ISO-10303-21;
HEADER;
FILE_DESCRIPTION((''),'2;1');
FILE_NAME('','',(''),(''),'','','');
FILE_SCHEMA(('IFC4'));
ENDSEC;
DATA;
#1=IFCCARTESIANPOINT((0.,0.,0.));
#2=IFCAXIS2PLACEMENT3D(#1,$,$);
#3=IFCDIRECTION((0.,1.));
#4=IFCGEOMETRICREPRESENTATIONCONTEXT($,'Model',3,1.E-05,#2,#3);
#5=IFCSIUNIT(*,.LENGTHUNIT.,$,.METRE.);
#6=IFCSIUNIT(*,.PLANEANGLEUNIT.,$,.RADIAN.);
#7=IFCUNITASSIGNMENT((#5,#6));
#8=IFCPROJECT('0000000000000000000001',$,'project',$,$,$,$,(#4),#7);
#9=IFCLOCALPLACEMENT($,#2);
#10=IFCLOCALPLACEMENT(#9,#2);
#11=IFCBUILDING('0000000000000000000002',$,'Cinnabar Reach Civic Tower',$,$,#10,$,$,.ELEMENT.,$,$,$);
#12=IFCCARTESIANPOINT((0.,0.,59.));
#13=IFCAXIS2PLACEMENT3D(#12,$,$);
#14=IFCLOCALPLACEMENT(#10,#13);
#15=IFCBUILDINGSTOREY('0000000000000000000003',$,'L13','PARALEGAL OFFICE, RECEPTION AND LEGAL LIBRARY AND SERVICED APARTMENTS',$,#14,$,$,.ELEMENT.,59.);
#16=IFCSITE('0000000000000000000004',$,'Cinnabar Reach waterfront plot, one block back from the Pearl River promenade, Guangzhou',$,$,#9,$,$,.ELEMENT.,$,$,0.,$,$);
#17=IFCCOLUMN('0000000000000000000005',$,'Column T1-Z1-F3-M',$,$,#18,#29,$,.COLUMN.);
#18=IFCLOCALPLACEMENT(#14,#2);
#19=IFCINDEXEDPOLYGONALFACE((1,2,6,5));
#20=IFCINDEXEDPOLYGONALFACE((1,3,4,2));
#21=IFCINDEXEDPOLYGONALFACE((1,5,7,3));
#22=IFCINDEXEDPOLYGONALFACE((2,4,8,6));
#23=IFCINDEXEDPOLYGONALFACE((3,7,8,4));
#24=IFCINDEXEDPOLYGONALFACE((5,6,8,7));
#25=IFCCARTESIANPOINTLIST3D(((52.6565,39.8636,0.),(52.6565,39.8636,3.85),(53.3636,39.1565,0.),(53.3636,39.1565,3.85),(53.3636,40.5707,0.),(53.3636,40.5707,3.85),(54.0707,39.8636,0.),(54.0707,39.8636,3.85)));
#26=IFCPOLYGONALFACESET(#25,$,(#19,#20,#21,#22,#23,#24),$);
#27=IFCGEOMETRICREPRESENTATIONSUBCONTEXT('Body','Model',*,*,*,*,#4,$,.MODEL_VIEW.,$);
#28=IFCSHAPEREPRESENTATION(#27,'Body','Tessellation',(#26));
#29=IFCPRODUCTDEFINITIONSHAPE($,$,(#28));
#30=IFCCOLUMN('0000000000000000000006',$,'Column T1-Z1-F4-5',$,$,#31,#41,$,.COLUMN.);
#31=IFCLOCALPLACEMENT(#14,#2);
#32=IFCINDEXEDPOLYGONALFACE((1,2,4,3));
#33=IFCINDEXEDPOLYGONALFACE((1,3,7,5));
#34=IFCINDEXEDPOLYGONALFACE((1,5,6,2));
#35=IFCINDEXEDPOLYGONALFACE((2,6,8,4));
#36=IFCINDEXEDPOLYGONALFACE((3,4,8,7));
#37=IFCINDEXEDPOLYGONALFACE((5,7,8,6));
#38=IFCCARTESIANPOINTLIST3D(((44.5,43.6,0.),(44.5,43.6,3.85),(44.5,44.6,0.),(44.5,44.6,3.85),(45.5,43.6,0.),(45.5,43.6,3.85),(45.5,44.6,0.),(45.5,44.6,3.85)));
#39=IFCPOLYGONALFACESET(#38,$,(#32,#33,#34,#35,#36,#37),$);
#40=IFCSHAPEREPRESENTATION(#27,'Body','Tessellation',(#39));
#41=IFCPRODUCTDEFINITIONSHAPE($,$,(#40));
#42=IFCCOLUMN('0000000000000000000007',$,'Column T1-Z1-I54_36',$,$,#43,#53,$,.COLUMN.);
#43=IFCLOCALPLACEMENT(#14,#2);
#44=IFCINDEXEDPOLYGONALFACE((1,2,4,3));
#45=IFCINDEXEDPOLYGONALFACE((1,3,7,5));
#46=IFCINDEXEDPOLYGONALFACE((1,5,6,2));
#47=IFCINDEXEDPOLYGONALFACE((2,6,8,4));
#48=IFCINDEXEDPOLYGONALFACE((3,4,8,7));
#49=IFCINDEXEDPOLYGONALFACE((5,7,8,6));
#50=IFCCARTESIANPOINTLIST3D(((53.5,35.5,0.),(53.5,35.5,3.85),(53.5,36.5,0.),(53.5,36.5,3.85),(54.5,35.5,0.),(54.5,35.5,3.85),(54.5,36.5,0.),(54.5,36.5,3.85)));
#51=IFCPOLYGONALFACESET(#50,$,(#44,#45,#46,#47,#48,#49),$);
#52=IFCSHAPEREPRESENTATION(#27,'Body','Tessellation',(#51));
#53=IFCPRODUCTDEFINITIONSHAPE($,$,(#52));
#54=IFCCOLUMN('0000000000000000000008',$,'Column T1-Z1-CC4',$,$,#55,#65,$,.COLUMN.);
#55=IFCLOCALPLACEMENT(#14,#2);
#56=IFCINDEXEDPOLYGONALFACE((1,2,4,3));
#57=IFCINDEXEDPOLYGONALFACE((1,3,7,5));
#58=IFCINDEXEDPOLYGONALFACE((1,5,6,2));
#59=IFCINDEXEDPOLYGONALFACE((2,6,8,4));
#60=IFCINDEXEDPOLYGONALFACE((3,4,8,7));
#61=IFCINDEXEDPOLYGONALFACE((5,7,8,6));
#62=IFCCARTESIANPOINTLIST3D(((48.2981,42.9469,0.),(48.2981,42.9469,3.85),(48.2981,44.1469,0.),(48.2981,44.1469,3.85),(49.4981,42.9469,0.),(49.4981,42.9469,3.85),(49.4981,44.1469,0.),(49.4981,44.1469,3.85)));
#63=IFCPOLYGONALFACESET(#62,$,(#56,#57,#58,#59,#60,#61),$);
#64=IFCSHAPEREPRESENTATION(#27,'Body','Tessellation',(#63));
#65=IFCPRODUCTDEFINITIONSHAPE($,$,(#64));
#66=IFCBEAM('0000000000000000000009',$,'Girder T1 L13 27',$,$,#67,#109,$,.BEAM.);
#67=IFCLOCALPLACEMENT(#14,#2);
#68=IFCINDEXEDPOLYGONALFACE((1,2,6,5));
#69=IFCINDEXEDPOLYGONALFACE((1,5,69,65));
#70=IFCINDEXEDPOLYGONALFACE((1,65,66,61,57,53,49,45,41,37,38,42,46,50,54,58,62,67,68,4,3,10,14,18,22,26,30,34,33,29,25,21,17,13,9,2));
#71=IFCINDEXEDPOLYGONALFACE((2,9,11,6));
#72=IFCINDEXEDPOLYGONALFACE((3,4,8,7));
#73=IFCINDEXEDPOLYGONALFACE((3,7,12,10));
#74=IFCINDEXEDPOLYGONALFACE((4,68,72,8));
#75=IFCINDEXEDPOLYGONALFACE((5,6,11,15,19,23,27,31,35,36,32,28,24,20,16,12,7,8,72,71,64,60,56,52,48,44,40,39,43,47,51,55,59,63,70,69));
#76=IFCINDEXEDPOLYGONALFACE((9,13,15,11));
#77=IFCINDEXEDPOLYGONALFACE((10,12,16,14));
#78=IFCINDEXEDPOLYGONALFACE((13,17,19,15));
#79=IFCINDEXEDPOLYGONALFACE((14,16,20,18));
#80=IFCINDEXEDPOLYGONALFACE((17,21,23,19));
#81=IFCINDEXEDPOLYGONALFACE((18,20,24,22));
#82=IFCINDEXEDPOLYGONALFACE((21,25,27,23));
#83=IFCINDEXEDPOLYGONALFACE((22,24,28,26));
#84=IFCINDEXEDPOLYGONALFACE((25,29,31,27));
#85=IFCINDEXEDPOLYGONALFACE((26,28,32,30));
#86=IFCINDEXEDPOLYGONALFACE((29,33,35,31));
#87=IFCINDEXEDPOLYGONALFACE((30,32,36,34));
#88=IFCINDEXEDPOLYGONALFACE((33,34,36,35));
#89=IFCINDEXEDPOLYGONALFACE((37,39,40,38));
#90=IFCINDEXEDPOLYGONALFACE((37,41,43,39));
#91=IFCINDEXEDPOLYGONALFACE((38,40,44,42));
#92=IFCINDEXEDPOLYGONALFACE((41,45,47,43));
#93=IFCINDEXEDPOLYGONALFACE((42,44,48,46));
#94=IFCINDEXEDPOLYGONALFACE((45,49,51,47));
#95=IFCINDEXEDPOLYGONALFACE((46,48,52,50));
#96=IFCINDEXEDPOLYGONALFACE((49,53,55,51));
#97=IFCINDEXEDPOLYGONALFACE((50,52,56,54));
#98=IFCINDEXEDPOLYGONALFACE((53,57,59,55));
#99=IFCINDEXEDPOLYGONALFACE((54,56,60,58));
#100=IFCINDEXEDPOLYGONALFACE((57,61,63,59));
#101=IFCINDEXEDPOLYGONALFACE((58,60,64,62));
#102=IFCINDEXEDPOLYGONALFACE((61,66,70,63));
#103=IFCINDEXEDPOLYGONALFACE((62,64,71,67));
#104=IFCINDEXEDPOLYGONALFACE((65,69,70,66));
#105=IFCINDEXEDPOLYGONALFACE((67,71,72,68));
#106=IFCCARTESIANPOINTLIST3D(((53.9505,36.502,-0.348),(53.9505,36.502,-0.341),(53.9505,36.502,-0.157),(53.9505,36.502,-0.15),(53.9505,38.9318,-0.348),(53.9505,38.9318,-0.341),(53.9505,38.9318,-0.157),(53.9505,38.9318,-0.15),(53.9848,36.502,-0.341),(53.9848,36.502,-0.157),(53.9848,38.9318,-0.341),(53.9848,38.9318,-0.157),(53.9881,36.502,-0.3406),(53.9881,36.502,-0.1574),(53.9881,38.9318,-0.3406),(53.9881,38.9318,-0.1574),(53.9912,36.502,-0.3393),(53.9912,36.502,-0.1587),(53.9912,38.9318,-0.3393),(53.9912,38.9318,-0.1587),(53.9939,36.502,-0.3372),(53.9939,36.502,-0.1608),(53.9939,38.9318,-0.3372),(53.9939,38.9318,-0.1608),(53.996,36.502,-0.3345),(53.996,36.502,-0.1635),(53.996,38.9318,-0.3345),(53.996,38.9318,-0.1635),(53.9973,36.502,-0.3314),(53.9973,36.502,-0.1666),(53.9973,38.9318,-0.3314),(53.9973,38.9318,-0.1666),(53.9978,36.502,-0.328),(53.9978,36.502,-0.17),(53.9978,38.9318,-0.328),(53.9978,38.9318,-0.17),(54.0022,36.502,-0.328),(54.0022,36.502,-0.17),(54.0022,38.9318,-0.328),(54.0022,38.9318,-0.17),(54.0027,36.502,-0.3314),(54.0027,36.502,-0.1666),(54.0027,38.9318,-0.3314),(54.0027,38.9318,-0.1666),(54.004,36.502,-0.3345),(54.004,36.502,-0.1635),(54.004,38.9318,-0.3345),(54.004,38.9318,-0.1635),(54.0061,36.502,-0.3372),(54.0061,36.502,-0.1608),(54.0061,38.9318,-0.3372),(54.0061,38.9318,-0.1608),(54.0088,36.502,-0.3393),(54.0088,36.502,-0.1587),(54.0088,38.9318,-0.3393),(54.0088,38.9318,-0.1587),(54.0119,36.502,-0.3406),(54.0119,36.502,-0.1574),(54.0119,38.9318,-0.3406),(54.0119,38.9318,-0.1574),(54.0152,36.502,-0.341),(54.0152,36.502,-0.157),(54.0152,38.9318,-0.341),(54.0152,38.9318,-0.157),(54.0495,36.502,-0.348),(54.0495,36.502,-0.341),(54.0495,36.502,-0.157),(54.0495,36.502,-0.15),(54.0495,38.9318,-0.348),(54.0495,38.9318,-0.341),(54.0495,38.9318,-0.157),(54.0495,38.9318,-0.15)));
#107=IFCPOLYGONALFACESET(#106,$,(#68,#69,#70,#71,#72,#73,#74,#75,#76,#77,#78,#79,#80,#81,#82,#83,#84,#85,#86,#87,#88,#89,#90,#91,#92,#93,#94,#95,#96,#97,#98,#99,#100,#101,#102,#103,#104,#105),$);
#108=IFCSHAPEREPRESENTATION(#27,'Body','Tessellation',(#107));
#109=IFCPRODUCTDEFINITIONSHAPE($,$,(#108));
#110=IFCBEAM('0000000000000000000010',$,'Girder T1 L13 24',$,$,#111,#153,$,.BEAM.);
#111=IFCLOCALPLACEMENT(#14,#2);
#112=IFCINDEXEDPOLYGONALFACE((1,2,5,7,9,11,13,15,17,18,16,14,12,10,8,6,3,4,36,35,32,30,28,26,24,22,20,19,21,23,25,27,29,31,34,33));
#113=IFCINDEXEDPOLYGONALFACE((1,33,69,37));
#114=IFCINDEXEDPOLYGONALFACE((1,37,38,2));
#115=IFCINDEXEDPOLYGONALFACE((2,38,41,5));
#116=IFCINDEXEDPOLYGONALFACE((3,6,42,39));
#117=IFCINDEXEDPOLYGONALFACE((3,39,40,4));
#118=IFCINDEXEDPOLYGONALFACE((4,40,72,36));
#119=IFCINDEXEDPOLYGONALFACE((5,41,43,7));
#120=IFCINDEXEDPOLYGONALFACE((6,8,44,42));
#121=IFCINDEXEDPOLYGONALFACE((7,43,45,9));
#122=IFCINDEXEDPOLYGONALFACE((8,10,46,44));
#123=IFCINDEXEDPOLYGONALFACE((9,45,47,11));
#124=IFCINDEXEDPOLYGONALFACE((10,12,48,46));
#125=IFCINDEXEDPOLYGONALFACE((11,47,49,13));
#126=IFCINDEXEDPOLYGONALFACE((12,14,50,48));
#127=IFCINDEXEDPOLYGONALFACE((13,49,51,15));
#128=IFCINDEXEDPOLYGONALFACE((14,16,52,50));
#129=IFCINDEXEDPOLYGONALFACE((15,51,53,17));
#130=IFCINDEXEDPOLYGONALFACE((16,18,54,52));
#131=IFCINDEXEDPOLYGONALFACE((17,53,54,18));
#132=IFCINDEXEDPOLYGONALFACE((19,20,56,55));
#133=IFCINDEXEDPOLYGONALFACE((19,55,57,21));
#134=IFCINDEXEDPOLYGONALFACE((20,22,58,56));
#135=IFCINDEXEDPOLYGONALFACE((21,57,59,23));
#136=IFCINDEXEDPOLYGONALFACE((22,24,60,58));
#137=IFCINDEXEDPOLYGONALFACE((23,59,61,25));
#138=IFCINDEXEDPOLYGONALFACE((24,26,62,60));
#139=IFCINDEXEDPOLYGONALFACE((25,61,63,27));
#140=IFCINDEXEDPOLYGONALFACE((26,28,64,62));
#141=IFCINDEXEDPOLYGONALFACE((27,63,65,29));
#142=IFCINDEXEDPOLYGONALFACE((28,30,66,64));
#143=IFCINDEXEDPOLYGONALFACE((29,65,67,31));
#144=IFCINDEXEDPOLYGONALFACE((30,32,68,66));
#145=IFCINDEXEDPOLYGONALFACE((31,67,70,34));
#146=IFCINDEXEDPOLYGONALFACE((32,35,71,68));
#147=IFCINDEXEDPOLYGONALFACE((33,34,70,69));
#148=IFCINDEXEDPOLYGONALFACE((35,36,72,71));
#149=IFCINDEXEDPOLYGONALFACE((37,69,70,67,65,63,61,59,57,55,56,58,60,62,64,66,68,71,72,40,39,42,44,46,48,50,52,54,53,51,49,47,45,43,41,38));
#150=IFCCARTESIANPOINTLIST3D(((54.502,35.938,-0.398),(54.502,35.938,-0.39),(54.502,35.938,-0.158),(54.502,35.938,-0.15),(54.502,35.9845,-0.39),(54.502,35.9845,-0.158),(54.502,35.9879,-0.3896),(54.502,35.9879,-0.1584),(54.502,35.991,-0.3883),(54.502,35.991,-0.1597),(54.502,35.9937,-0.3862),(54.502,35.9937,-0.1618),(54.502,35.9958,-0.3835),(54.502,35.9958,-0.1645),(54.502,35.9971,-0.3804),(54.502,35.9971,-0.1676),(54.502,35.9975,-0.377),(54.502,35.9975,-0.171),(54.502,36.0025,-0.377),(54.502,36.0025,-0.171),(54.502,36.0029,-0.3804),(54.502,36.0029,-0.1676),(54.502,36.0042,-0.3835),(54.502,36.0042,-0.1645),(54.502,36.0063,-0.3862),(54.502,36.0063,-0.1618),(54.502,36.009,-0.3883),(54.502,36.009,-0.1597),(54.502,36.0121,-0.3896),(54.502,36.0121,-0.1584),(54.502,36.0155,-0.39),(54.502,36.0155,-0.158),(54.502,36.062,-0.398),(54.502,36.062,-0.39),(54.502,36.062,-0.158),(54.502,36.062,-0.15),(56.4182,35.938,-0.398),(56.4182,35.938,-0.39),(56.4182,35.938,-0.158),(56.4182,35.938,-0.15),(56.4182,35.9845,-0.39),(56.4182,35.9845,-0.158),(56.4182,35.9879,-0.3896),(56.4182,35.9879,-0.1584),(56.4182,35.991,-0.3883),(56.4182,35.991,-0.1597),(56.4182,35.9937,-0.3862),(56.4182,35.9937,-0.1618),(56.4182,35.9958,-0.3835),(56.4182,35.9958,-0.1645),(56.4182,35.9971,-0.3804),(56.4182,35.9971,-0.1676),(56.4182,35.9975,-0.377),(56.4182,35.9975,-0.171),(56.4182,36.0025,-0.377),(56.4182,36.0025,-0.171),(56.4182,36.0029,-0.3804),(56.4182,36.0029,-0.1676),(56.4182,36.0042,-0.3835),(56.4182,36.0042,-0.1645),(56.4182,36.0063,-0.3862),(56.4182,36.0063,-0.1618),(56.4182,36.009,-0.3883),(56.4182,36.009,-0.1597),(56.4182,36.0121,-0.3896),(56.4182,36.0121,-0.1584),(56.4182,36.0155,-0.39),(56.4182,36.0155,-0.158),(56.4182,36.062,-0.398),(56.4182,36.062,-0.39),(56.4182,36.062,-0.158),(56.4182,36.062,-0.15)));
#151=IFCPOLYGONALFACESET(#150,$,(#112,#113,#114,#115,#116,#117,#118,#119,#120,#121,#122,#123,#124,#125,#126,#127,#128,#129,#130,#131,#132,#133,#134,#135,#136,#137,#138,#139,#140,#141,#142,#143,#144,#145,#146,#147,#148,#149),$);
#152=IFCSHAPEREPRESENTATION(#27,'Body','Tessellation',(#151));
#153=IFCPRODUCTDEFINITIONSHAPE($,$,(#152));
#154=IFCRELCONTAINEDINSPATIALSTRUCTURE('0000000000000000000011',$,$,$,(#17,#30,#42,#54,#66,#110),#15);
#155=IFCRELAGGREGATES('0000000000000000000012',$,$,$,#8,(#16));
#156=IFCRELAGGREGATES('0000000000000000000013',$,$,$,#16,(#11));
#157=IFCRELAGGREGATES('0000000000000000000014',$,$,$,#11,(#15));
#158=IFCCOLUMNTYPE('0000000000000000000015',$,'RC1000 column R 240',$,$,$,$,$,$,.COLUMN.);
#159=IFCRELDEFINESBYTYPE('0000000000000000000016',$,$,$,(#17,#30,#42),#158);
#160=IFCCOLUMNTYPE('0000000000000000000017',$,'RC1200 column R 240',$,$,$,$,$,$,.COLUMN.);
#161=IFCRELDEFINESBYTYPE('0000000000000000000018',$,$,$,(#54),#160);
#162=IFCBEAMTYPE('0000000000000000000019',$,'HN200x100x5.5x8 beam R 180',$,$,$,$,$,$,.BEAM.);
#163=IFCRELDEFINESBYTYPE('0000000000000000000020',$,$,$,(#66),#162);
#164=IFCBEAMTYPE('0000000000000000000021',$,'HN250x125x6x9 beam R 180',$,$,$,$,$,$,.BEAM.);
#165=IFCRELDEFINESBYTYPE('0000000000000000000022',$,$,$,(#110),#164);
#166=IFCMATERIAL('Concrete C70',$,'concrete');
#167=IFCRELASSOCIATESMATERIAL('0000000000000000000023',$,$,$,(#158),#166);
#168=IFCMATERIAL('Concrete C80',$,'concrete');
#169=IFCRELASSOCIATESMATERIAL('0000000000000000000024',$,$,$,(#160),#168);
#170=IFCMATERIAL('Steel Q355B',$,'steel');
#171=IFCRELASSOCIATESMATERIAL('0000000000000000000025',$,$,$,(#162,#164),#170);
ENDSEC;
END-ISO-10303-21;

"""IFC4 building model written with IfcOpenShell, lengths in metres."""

from ifc_helpers import new_model, si_unit, direction, frame, origin, origin_2d, place, context, subcontext, project, spatial, rectangle, i_section, extrude, material, material_profile, profile_set, type_object, element, save


model = new_model("IFC4")

# Units and contexts
model_context = context("Model", 3, precision=1e-05, world=origin(), true_north=direction((0.0, 1.0)))
body_context = subcontext(model_context, "Body", "Model", "MODEL_VIEW")
ifc_project = project(units=[si_unit("LENGTHUNIT", "METRE"), si_unit("PLANEANGLEUNIT", "RADIAN")], contexts=[model_context])

# Site, building, storey
site_placement = place(None, origin())
site = spatial("IfcSite", under=ifc_project, at=site_placement, Name="Cinnabar Reach waterfront plot, one block back from the Pearl River promenade, Guangzhou", CompositionType="ELEMENT", RefElevation=0.0)
building_placement = place(site_placement, origin())
building = spatial("IfcBuilding", under=site, at=building_placement, Name="Cinnabar Reach Civic Tower", CompositionType="ELEMENT")
storey_placement = place(building_placement, frame((0.0, 0.0, 59.0)))
storey = spatial("IfcBuildingStorey", under=building, at=storey_placement, Name="L13", Description="PARALEGAL OFFICE, RECEPTION AND LEGAL LIBRARY AND SERVICED APARTMENTS", CompositionType="ELEMENT", Elevation=59.0)

# Columns
ifc_material_1 = material(Name="Concrete C70", Category="concrete")
ifc_material_profile_1 = material_profile(ifc_material_1, rectangle(XDim=1.0, YDim=1.0, at=origin_2d()), Name="RC1000")
ifc_profile_set_1 = profile_set([ifc_material_profile_1], Name="Concrete C70")
column_type_1 = type_object("IfcColumnType", Name="RC1000 column R 240", PredefinedType="COLUMN", material=ifc_profile_set_1)
for number, where, z_axis, x_axis, name in (
    (1, (53.3636, 39.8636, 0.0), (0.0, 0.0, 1.0), (0.707107, 0.707107, 0.0), "Column T1-Z1-F3-M"),
    (2, (45.0, 44.1, 0.0), (0.0, 0.0, 1.0), (1.0, 0.0, 0.0), "Column T1-Z1-F4-5"),
    (3, (54.0, 36.0, 0.0), (0.0, 0.0, 1.0), (1.0, 0.0, 0.0), "Column T1-Z1-I54_36"),
):
    element("IfcColumn", number, at=place(storey_placement, frame(where, z_axis=z_axis, x_axis=x_axis)), inside=storey, type_object=column_type_1, Name=name, PredefinedType="COLUMN", context=body_context, shape_type="SweptSolid", body=[
        extrude(rectangle(XDim=1.0, YDim=1.0, at=origin_2d()), origin(), (0.0, 0.0, 1.0), 3.85),
    ])
ifc_material_2 = material(Name="Concrete C80", Category="concrete")
ifc_material_profile_2 = material_profile(ifc_material_2, rectangle(XDim=1.2, YDim=1.2, at=origin_2d()), Name="RC1200")
ifc_profile_set_2 = profile_set([ifc_material_profile_2], Name="Concrete C80")
column_type_2 = type_object("IfcColumnType", Name="RC1200 column R 240", PredefinedType="COLUMN", material=ifc_profile_set_2)
column_placement = place(storey_placement, frame((48.8981, 43.5469, 0.0), z_axis=(0.0, 0.0, 1.0), x_axis=(1.0, 0.0, 0.0)))
element("IfcColumn", 4, at=column_placement, inside=storey, type_object=column_type_2, Name="Column T1-Z1-CC4", PredefinedType="COLUMN", context=body_context, shape_type="SweptSolid", body=[
    extrude(rectangle(XDim=1.2, YDim=1.2, at=origin_2d()), origin(), (0.0, 0.0, 1.0), 3.85),
])

# Beams
ifc_material_3 = material(Name="Steel Q355B", Category="steel")
ifc_material_profile_3 = material_profile(ifc_material_3, i_section(OverallWidth=0.099, OverallDepth=0.198, WebThickness=0.0045, FlangeThickness=0.007, FilletRadius=0.013, at=origin_2d()), Name="HN200x100x5.5x8")
ifc_profile_set_3 = profile_set([ifc_material_profile_3], Name="Steel Q355B")
beam_type_1 = type_object("IfcBeamType", Name="HN200x100x5.5x8 beam R 180", PredefinedType="BEAM", material=ifc_profile_set_3)
beam_1_placement = place(storey_placement, frame((54.0, 36.502, -0.249), z_axis=(0.0, 1.0, 0.0), x_axis=(-1.0, 0.0, 0.0)))
element("IfcBeam", 5, at=beam_1_placement, inside=storey, type_object=beam_type_1, Name="Girder T1 L13 27", PredefinedType="BEAM", context=body_context, shape_type="SweptSolid", body=[
    extrude(i_section(OverallWidth=0.099, OverallDepth=0.198, WebThickness=0.0045, FlangeThickness=0.007, FilletRadius=0.013, at=origin_2d()), origin(), (0.0, 0.0, 1.0), 2.4298),
])
ifc_material_profile_4 = material_profile(ifc_material_3, i_section(OverallWidth=0.124, OverallDepth=0.248, WebThickness=0.005, FlangeThickness=0.008, FilletRadius=0.013, at=origin_2d()), Name="HN250x125x6x9")
ifc_profile_set_4 = profile_set([ifc_material_profile_4], Name="Steel Q355B")
beam_type_2 = type_object("IfcBeamType", Name="HN250x125x6x9 beam R 180", PredefinedType="BEAM", material=ifc_profile_set_4)
beam_2_placement = place(storey_placement, frame((54.502, 36.0, -0.274), z_axis=(1.0, 0.0, 0.0), x_axis=(0.0, 1.0, 0.0)))
element("IfcBeam", 6, at=beam_2_placement, inside=storey, type_object=beam_type_2, Name="Girder T1 L13 24", PredefinedType="BEAM", context=body_context, shape_type="SweptSolid", body=[
    extrude(i_section(OverallWidth=0.124, OverallDepth=0.248, WebThickness=0.005, FlangeThickness=0.008, FilletRadius=0.013, at=origin_2d()), origin(), (0.0, 0.0, 1.0), 1.9162),
])

save(model, "model.ifc")
